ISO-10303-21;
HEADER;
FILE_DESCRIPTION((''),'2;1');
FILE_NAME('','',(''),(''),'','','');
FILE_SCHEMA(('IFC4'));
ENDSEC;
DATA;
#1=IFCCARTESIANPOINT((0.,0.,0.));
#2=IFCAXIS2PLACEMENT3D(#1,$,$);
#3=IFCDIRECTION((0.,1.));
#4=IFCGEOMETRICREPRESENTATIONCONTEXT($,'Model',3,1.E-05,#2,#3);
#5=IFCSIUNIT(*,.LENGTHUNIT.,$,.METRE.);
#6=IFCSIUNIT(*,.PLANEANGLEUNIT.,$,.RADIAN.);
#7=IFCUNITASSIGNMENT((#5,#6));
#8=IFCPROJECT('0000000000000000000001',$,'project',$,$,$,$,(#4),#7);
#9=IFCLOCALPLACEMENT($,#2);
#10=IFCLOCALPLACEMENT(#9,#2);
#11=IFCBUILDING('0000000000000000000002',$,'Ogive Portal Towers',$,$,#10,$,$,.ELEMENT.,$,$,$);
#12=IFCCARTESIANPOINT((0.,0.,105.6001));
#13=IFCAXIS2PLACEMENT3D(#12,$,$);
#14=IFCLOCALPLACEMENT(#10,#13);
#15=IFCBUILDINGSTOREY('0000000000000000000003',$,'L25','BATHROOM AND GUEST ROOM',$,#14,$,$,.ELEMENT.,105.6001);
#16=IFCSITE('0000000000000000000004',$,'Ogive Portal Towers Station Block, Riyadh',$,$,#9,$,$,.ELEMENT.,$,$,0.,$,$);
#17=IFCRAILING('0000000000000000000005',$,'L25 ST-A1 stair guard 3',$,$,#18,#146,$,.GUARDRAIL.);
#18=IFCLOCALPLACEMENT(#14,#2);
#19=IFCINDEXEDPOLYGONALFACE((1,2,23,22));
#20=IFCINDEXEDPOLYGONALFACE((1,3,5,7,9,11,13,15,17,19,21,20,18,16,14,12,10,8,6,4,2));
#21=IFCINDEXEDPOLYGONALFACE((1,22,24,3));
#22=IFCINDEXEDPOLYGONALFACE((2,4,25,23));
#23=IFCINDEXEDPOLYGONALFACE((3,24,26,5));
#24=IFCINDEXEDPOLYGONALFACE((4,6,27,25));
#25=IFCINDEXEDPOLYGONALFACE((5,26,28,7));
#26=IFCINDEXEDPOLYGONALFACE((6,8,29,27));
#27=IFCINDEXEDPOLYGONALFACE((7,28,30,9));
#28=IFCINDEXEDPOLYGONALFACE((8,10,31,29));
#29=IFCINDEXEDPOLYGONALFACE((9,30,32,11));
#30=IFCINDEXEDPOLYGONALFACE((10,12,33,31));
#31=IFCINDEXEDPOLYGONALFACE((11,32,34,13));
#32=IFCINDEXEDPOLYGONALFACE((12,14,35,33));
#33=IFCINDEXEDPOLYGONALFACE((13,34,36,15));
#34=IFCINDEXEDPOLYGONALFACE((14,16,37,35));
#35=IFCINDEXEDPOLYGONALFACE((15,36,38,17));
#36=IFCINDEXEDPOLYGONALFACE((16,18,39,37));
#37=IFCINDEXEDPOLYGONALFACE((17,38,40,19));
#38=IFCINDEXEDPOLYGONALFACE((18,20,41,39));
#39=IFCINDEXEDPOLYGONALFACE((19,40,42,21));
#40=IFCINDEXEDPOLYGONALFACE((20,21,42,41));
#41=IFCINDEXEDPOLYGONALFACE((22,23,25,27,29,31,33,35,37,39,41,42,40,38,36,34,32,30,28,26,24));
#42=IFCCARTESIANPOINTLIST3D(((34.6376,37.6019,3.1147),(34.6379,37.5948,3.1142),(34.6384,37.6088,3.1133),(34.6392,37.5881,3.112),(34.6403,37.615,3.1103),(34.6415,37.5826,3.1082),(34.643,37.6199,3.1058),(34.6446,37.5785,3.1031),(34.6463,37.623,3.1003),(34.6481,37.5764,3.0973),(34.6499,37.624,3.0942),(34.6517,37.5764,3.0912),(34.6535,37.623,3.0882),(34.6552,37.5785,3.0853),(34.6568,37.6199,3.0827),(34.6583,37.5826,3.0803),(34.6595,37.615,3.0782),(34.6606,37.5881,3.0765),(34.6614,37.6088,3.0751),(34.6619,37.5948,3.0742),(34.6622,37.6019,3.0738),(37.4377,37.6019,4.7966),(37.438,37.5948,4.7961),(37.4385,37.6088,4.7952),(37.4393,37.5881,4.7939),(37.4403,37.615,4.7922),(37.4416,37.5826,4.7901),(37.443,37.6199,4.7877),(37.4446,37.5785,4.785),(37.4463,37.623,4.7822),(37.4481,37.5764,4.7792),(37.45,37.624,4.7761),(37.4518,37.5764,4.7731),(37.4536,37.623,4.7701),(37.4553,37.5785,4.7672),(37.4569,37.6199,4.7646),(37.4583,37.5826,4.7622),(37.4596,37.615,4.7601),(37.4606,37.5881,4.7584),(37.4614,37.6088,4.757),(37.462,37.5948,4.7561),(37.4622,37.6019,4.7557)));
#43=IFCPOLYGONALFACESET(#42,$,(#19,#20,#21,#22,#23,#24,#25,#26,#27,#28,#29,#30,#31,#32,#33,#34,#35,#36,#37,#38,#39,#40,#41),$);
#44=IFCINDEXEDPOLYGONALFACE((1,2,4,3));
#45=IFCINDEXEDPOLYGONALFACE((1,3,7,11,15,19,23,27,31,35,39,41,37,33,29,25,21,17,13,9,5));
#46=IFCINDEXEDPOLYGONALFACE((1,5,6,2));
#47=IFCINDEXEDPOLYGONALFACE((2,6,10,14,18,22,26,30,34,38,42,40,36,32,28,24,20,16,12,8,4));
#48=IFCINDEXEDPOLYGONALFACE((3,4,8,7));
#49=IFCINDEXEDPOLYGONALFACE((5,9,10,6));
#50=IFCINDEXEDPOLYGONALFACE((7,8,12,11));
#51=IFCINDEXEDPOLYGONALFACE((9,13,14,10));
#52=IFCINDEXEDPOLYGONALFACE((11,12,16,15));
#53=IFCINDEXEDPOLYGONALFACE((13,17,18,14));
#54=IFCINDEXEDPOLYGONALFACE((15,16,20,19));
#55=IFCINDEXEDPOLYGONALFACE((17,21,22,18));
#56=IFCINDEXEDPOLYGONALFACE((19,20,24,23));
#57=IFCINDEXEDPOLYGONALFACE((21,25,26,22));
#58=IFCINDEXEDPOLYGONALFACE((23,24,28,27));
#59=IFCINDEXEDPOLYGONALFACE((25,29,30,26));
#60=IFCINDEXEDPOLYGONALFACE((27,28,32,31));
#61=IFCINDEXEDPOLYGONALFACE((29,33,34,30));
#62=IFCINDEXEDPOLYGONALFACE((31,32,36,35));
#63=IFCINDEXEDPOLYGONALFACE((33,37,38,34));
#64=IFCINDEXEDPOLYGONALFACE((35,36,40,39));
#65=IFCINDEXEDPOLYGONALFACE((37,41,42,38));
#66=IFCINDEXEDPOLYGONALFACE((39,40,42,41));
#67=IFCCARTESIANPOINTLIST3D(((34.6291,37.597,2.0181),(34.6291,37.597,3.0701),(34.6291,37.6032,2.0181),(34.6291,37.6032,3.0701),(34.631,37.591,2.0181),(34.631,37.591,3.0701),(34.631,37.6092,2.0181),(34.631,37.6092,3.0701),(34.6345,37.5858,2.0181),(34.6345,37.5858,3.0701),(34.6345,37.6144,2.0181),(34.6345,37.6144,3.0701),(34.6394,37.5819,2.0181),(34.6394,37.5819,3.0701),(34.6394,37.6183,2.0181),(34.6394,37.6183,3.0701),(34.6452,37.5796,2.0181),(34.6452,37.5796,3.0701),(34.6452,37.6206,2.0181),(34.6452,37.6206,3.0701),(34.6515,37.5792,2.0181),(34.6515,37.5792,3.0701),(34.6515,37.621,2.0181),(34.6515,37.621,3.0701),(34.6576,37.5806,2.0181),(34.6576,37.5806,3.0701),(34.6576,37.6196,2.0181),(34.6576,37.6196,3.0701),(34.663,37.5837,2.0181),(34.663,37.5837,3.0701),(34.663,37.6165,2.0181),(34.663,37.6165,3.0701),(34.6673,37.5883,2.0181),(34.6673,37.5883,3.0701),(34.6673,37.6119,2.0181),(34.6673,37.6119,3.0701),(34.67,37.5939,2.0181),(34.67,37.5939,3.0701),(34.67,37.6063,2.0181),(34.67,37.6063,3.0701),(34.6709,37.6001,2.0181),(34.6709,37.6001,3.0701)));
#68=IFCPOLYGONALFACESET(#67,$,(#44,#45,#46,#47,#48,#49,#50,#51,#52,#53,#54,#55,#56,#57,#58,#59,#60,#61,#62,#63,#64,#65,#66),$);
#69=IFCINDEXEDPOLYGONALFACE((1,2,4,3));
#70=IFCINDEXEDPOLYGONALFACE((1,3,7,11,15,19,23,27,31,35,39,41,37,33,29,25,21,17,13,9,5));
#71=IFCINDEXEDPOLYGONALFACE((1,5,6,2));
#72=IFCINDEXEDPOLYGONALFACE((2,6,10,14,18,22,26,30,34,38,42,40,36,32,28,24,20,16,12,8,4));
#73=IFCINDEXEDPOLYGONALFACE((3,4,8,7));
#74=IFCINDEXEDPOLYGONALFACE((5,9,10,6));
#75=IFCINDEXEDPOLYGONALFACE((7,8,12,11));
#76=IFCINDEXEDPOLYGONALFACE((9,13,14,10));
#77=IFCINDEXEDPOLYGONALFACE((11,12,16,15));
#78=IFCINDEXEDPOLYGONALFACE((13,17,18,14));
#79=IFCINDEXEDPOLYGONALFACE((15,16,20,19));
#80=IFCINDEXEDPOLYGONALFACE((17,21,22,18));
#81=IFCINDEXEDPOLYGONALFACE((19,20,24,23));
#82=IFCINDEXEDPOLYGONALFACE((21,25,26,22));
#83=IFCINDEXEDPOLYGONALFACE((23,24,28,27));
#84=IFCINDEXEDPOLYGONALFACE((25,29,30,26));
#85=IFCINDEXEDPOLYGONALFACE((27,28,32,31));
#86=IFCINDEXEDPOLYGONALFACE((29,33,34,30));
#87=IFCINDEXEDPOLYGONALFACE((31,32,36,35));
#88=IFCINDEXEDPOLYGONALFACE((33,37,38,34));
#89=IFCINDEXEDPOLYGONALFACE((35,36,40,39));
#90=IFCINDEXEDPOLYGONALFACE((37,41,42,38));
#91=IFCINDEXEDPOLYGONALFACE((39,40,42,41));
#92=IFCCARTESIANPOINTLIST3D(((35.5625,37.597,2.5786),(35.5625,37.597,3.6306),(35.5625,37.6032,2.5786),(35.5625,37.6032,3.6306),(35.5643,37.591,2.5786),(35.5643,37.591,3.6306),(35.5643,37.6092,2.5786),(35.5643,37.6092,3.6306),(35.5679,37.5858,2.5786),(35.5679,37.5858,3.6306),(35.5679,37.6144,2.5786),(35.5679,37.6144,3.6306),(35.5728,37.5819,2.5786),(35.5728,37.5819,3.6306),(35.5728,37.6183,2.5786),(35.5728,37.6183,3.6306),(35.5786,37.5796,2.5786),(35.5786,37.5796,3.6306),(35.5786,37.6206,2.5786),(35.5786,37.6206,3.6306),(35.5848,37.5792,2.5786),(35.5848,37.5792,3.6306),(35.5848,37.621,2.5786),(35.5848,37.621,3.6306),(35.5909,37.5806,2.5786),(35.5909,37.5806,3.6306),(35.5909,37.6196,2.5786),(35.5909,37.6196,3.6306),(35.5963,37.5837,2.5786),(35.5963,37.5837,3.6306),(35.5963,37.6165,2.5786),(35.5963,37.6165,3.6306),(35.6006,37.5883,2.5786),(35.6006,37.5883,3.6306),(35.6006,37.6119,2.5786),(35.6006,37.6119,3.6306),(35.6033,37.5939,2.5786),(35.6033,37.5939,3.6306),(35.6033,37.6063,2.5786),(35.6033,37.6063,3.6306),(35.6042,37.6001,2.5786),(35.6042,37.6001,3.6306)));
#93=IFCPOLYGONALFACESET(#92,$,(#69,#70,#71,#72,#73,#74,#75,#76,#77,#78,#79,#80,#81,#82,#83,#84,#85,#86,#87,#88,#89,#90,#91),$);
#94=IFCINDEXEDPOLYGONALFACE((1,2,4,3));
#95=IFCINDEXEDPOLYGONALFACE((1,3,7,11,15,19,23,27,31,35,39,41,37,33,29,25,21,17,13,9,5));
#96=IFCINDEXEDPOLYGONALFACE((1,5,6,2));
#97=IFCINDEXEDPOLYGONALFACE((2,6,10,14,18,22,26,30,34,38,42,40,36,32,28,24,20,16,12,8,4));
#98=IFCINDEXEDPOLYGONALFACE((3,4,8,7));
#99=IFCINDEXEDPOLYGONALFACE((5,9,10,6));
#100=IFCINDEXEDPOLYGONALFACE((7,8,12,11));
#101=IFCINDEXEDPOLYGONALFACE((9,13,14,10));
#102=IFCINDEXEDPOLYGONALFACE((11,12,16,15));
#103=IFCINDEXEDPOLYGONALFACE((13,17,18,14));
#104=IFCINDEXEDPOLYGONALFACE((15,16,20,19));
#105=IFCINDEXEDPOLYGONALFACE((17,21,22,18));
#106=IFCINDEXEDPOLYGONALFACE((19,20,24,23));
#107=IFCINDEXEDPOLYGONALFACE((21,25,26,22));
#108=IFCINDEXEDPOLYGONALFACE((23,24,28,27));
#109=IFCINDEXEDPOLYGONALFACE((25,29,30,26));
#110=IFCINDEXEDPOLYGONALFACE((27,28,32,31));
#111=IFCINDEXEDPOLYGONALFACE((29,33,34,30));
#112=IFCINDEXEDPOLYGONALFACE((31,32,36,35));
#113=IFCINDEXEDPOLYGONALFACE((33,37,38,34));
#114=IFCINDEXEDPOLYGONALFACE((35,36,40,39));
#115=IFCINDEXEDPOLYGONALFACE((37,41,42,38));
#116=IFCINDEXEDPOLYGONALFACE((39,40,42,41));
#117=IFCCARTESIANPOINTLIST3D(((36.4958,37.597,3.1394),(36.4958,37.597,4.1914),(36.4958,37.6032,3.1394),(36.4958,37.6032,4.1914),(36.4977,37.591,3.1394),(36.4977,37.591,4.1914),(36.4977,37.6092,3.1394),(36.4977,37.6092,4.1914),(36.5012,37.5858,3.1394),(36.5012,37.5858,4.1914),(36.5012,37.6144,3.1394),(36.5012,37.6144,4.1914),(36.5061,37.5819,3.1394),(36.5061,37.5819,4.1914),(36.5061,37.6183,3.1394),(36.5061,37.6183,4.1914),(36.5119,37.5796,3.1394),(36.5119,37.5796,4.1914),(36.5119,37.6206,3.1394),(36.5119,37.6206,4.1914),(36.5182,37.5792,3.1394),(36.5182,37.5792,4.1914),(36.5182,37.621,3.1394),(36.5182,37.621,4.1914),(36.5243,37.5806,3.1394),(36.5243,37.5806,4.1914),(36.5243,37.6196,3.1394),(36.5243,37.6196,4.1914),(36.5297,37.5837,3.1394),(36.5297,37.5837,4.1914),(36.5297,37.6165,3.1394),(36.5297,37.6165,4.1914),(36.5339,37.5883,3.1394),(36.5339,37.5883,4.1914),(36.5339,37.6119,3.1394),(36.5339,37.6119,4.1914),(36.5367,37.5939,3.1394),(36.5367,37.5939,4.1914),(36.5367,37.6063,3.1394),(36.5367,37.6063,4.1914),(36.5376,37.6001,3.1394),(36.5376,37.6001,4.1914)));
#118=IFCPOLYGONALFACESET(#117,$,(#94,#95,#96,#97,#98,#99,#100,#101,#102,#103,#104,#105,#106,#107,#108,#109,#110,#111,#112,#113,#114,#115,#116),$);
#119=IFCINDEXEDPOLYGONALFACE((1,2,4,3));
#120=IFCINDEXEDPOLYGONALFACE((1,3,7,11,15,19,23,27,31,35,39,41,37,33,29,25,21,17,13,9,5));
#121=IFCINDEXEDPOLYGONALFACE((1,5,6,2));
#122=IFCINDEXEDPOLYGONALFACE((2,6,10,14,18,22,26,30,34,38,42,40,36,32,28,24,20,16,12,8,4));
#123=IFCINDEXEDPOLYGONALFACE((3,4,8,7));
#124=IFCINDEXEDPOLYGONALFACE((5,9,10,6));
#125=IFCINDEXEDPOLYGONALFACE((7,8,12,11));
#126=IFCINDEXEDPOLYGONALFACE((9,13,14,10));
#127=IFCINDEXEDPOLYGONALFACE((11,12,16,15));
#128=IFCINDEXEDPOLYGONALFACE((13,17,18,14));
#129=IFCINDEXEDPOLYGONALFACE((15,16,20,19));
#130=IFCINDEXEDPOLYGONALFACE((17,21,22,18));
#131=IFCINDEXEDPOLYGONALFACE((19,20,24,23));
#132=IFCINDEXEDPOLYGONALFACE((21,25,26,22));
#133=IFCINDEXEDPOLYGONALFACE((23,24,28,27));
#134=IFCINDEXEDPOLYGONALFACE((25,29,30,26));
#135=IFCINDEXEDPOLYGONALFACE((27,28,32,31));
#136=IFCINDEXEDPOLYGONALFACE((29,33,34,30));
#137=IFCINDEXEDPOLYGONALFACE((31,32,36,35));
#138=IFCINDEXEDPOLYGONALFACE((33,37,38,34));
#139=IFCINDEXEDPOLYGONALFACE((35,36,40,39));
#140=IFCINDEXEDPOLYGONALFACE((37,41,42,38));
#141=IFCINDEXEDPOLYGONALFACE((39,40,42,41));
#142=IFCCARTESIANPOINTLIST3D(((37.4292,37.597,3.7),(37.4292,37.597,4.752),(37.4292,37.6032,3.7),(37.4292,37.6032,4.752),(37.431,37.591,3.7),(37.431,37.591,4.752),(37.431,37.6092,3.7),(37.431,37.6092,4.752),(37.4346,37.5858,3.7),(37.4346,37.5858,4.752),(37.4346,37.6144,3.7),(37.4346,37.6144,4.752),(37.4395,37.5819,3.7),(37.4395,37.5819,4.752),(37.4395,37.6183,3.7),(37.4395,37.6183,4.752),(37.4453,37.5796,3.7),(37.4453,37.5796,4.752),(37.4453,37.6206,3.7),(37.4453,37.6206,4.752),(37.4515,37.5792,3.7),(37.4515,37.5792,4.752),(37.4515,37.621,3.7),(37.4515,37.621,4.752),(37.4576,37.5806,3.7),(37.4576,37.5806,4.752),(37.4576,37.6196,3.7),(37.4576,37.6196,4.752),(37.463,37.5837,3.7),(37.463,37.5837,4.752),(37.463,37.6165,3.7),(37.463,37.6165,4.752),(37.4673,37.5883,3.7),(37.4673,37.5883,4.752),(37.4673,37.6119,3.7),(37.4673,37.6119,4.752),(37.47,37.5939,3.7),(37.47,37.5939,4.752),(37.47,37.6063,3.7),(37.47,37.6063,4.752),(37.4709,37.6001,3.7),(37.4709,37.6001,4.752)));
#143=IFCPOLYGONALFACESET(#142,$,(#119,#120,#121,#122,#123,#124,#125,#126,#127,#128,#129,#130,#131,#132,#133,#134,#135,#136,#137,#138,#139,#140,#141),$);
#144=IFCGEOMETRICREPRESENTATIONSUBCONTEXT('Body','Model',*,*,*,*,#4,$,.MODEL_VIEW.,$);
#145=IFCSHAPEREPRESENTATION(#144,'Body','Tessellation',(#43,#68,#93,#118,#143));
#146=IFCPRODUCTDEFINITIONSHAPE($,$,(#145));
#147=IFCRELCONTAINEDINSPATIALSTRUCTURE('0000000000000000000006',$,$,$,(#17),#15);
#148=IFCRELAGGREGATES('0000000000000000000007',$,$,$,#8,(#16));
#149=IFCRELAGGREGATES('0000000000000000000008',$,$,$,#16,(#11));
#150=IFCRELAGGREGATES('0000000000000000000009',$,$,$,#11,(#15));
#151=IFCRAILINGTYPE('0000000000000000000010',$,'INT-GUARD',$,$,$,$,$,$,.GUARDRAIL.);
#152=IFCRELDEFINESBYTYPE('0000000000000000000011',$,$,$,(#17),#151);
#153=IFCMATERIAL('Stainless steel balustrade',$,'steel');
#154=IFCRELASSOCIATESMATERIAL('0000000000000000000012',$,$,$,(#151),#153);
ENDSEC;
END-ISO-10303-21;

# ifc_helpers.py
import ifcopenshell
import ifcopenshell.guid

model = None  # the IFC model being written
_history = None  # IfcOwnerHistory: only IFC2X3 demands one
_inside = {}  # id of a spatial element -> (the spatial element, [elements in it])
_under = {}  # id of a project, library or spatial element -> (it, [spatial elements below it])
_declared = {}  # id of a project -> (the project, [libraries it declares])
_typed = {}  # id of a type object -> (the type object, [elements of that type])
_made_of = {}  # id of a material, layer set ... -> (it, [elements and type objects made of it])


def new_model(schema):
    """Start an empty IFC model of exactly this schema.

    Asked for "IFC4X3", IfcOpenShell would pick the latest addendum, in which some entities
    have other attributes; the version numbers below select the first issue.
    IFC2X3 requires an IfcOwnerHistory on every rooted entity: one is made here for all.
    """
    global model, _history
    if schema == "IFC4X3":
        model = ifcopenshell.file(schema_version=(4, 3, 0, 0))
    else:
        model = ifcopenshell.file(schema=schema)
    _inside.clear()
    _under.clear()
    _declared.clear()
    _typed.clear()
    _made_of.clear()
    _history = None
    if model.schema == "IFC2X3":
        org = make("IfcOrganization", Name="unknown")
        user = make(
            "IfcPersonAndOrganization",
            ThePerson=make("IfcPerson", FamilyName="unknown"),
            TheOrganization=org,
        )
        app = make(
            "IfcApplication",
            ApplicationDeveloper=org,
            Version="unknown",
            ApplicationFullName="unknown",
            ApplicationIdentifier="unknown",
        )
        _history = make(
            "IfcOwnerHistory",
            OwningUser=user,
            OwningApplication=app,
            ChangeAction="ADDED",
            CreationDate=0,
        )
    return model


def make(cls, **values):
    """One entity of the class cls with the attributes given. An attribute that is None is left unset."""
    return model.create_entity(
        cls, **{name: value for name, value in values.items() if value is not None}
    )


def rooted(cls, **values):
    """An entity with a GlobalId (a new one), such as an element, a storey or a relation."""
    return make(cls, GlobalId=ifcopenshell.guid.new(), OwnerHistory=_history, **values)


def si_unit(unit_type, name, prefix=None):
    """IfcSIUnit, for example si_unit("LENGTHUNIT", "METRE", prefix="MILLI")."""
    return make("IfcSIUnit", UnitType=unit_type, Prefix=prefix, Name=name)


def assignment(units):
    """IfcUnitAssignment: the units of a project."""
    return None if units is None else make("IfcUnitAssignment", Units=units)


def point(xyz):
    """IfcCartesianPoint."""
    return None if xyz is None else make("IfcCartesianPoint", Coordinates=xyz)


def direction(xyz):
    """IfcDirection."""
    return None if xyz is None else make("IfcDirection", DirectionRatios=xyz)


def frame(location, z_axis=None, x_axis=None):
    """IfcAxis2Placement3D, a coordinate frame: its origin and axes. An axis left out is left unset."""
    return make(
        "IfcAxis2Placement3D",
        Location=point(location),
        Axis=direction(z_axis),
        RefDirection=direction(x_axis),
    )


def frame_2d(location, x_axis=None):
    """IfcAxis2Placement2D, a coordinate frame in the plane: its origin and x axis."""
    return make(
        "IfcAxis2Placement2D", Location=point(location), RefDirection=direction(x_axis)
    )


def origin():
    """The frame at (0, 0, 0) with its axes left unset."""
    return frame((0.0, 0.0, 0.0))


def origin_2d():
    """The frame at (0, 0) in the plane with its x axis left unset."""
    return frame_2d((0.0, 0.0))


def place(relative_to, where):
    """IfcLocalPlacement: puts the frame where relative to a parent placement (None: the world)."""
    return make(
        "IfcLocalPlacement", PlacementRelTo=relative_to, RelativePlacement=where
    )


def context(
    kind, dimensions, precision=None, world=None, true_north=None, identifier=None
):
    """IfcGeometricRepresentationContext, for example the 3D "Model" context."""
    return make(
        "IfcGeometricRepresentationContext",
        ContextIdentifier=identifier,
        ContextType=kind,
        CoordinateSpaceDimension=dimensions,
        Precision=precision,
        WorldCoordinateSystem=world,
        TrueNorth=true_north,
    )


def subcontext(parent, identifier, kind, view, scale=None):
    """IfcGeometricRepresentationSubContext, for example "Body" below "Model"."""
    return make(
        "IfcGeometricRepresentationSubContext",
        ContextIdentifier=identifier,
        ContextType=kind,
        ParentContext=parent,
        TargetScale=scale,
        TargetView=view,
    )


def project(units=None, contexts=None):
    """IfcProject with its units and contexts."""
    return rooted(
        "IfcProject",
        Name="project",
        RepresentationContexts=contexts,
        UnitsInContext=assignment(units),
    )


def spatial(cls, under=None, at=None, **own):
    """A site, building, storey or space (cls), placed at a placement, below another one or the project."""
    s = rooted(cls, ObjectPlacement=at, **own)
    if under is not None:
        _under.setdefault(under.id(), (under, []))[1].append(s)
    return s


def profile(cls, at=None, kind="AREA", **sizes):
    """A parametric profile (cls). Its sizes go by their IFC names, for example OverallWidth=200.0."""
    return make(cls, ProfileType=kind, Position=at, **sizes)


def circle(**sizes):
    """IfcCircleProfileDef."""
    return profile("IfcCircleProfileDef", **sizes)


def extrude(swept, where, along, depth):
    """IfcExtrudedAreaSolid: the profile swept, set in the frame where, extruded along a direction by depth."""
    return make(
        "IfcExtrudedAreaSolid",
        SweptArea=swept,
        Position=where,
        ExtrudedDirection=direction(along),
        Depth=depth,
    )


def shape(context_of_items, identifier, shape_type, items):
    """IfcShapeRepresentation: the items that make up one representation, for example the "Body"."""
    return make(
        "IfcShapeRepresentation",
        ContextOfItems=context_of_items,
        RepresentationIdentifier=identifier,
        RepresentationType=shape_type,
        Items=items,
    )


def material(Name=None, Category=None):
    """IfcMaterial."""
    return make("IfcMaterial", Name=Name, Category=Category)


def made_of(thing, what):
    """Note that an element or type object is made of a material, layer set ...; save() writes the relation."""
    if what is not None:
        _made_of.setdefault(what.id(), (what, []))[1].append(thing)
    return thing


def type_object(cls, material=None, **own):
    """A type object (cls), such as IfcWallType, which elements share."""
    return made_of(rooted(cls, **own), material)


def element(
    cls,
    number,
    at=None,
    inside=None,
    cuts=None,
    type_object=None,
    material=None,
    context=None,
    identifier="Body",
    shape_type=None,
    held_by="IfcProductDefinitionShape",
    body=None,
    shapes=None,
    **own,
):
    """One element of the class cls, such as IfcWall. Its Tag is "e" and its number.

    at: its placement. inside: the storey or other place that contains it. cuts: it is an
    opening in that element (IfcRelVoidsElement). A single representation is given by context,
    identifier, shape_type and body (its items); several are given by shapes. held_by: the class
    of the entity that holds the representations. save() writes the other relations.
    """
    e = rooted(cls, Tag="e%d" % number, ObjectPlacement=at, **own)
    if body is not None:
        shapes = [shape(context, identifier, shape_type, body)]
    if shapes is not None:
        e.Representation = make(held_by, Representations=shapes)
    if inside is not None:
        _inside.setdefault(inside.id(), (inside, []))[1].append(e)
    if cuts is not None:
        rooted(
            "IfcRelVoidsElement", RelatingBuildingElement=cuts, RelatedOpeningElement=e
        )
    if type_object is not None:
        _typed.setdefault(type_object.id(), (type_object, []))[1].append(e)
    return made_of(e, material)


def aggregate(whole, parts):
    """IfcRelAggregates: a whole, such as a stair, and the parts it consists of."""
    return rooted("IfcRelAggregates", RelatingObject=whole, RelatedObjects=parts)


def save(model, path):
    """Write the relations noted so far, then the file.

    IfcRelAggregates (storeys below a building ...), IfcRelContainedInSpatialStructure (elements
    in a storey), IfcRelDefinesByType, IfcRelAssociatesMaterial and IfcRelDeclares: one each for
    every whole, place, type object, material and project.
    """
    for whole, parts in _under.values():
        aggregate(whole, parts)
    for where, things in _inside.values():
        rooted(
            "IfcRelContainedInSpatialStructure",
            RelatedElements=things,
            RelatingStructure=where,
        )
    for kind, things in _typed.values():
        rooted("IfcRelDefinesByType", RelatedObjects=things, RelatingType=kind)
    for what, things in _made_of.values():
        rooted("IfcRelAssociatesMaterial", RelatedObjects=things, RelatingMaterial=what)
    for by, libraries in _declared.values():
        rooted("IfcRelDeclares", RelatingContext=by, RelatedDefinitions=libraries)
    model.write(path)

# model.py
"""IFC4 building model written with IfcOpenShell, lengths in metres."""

from ifc_helpers import new_model, si_unit, direction, frame, origin, origin_2d, place, context, subcontext, project, spatial, circle, extrude, material, type_object, element, save


model = new_model("IFC4")

# Units and contexts
model_context = context("Model", 3, precision=1e-05, world=origin(), true_north=direction((0.0, 1.0)))
body_context = subcontext(model_context, "Body", "Model", "MODEL_VIEW")
ifc_project = project(units=[si_unit("LENGTHUNIT", "METRE"), si_unit("PLANEANGLEUNIT", "RADIAN")], contexts=[model_context])

# Site, building, storey
site_placement = place(None, origin())
site = spatial("IfcSite", under=ifc_project, at=site_placement, Name="Ogive Portal Towers Station Block, Riyadh", CompositionType="ELEMENT", RefElevation=0.0)
building_placement = place(site_placement, origin())
building = spatial("IfcBuilding", under=site, at=building_placement, Name="Ogive Portal Towers", CompositionType="ELEMENT")
storey_placement = place(building_placement, frame((0.0, 0.0, 105.6001)))
storey = spatial("IfcBuildingStorey", under=building, at=storey_placement, Name="L25", Description="BATHROOM AND GUEST ROOM", CompositionType="ELEMENT", Elevation=105.6001)

# Railing
ifc_material_1 = material(Name="Stainless steel balustrade", Category="steel")
railing_type_1 = type_object("IfcRailingType", Name="INT-GUARD", PredefinedType="GUARDRAIL", material=ifc_material_1)
railing_1_placement = place(storey_placement, frame((34.6499, 37.6001, 2.0181)))
element("IfcRailing", 1, at=railing_1_placement, inside=storey, type_object=railing_type_1, Name="L25 ST-A1 stair guard 3", PredefinedType="GUARDRAIL", context=body_context, shape_type="SweptSolid", body=[
    extrude(circle(Radius=0.0239, at=origin_2d()), frame((0.0, 0.0, 1.0762), z_axis=(0.857242, 0.0, 0.514913), x_axis=(0.0, 1.0, 0.0)), (0.0, 0.0, 1.0), 3.2664),
    extrude(circle(Radius=0.021, at=origin_2d()), origin(), (0.0, 0.0, 1.0), 1.052),
    extrude(circle(Radius=0.021, at=origin_2d()), frame((0.9333, 0.0, 0.5605)), (0.0, 0.0, 1.0), 1.052),
    extrude(circle(Radius=0.021, at=origin_2d()), frame((1.8667, 0.0, 1.1213)), (0.0, 0.0, 1.0), 1.052),
    extrude(circle(Radius=0.021, at=origin_2d()), frame((2.8, 0.0, 1.6819)), (0.0, 0.0, 1.0), 1.052),
])

save(model, "model.ifc")
